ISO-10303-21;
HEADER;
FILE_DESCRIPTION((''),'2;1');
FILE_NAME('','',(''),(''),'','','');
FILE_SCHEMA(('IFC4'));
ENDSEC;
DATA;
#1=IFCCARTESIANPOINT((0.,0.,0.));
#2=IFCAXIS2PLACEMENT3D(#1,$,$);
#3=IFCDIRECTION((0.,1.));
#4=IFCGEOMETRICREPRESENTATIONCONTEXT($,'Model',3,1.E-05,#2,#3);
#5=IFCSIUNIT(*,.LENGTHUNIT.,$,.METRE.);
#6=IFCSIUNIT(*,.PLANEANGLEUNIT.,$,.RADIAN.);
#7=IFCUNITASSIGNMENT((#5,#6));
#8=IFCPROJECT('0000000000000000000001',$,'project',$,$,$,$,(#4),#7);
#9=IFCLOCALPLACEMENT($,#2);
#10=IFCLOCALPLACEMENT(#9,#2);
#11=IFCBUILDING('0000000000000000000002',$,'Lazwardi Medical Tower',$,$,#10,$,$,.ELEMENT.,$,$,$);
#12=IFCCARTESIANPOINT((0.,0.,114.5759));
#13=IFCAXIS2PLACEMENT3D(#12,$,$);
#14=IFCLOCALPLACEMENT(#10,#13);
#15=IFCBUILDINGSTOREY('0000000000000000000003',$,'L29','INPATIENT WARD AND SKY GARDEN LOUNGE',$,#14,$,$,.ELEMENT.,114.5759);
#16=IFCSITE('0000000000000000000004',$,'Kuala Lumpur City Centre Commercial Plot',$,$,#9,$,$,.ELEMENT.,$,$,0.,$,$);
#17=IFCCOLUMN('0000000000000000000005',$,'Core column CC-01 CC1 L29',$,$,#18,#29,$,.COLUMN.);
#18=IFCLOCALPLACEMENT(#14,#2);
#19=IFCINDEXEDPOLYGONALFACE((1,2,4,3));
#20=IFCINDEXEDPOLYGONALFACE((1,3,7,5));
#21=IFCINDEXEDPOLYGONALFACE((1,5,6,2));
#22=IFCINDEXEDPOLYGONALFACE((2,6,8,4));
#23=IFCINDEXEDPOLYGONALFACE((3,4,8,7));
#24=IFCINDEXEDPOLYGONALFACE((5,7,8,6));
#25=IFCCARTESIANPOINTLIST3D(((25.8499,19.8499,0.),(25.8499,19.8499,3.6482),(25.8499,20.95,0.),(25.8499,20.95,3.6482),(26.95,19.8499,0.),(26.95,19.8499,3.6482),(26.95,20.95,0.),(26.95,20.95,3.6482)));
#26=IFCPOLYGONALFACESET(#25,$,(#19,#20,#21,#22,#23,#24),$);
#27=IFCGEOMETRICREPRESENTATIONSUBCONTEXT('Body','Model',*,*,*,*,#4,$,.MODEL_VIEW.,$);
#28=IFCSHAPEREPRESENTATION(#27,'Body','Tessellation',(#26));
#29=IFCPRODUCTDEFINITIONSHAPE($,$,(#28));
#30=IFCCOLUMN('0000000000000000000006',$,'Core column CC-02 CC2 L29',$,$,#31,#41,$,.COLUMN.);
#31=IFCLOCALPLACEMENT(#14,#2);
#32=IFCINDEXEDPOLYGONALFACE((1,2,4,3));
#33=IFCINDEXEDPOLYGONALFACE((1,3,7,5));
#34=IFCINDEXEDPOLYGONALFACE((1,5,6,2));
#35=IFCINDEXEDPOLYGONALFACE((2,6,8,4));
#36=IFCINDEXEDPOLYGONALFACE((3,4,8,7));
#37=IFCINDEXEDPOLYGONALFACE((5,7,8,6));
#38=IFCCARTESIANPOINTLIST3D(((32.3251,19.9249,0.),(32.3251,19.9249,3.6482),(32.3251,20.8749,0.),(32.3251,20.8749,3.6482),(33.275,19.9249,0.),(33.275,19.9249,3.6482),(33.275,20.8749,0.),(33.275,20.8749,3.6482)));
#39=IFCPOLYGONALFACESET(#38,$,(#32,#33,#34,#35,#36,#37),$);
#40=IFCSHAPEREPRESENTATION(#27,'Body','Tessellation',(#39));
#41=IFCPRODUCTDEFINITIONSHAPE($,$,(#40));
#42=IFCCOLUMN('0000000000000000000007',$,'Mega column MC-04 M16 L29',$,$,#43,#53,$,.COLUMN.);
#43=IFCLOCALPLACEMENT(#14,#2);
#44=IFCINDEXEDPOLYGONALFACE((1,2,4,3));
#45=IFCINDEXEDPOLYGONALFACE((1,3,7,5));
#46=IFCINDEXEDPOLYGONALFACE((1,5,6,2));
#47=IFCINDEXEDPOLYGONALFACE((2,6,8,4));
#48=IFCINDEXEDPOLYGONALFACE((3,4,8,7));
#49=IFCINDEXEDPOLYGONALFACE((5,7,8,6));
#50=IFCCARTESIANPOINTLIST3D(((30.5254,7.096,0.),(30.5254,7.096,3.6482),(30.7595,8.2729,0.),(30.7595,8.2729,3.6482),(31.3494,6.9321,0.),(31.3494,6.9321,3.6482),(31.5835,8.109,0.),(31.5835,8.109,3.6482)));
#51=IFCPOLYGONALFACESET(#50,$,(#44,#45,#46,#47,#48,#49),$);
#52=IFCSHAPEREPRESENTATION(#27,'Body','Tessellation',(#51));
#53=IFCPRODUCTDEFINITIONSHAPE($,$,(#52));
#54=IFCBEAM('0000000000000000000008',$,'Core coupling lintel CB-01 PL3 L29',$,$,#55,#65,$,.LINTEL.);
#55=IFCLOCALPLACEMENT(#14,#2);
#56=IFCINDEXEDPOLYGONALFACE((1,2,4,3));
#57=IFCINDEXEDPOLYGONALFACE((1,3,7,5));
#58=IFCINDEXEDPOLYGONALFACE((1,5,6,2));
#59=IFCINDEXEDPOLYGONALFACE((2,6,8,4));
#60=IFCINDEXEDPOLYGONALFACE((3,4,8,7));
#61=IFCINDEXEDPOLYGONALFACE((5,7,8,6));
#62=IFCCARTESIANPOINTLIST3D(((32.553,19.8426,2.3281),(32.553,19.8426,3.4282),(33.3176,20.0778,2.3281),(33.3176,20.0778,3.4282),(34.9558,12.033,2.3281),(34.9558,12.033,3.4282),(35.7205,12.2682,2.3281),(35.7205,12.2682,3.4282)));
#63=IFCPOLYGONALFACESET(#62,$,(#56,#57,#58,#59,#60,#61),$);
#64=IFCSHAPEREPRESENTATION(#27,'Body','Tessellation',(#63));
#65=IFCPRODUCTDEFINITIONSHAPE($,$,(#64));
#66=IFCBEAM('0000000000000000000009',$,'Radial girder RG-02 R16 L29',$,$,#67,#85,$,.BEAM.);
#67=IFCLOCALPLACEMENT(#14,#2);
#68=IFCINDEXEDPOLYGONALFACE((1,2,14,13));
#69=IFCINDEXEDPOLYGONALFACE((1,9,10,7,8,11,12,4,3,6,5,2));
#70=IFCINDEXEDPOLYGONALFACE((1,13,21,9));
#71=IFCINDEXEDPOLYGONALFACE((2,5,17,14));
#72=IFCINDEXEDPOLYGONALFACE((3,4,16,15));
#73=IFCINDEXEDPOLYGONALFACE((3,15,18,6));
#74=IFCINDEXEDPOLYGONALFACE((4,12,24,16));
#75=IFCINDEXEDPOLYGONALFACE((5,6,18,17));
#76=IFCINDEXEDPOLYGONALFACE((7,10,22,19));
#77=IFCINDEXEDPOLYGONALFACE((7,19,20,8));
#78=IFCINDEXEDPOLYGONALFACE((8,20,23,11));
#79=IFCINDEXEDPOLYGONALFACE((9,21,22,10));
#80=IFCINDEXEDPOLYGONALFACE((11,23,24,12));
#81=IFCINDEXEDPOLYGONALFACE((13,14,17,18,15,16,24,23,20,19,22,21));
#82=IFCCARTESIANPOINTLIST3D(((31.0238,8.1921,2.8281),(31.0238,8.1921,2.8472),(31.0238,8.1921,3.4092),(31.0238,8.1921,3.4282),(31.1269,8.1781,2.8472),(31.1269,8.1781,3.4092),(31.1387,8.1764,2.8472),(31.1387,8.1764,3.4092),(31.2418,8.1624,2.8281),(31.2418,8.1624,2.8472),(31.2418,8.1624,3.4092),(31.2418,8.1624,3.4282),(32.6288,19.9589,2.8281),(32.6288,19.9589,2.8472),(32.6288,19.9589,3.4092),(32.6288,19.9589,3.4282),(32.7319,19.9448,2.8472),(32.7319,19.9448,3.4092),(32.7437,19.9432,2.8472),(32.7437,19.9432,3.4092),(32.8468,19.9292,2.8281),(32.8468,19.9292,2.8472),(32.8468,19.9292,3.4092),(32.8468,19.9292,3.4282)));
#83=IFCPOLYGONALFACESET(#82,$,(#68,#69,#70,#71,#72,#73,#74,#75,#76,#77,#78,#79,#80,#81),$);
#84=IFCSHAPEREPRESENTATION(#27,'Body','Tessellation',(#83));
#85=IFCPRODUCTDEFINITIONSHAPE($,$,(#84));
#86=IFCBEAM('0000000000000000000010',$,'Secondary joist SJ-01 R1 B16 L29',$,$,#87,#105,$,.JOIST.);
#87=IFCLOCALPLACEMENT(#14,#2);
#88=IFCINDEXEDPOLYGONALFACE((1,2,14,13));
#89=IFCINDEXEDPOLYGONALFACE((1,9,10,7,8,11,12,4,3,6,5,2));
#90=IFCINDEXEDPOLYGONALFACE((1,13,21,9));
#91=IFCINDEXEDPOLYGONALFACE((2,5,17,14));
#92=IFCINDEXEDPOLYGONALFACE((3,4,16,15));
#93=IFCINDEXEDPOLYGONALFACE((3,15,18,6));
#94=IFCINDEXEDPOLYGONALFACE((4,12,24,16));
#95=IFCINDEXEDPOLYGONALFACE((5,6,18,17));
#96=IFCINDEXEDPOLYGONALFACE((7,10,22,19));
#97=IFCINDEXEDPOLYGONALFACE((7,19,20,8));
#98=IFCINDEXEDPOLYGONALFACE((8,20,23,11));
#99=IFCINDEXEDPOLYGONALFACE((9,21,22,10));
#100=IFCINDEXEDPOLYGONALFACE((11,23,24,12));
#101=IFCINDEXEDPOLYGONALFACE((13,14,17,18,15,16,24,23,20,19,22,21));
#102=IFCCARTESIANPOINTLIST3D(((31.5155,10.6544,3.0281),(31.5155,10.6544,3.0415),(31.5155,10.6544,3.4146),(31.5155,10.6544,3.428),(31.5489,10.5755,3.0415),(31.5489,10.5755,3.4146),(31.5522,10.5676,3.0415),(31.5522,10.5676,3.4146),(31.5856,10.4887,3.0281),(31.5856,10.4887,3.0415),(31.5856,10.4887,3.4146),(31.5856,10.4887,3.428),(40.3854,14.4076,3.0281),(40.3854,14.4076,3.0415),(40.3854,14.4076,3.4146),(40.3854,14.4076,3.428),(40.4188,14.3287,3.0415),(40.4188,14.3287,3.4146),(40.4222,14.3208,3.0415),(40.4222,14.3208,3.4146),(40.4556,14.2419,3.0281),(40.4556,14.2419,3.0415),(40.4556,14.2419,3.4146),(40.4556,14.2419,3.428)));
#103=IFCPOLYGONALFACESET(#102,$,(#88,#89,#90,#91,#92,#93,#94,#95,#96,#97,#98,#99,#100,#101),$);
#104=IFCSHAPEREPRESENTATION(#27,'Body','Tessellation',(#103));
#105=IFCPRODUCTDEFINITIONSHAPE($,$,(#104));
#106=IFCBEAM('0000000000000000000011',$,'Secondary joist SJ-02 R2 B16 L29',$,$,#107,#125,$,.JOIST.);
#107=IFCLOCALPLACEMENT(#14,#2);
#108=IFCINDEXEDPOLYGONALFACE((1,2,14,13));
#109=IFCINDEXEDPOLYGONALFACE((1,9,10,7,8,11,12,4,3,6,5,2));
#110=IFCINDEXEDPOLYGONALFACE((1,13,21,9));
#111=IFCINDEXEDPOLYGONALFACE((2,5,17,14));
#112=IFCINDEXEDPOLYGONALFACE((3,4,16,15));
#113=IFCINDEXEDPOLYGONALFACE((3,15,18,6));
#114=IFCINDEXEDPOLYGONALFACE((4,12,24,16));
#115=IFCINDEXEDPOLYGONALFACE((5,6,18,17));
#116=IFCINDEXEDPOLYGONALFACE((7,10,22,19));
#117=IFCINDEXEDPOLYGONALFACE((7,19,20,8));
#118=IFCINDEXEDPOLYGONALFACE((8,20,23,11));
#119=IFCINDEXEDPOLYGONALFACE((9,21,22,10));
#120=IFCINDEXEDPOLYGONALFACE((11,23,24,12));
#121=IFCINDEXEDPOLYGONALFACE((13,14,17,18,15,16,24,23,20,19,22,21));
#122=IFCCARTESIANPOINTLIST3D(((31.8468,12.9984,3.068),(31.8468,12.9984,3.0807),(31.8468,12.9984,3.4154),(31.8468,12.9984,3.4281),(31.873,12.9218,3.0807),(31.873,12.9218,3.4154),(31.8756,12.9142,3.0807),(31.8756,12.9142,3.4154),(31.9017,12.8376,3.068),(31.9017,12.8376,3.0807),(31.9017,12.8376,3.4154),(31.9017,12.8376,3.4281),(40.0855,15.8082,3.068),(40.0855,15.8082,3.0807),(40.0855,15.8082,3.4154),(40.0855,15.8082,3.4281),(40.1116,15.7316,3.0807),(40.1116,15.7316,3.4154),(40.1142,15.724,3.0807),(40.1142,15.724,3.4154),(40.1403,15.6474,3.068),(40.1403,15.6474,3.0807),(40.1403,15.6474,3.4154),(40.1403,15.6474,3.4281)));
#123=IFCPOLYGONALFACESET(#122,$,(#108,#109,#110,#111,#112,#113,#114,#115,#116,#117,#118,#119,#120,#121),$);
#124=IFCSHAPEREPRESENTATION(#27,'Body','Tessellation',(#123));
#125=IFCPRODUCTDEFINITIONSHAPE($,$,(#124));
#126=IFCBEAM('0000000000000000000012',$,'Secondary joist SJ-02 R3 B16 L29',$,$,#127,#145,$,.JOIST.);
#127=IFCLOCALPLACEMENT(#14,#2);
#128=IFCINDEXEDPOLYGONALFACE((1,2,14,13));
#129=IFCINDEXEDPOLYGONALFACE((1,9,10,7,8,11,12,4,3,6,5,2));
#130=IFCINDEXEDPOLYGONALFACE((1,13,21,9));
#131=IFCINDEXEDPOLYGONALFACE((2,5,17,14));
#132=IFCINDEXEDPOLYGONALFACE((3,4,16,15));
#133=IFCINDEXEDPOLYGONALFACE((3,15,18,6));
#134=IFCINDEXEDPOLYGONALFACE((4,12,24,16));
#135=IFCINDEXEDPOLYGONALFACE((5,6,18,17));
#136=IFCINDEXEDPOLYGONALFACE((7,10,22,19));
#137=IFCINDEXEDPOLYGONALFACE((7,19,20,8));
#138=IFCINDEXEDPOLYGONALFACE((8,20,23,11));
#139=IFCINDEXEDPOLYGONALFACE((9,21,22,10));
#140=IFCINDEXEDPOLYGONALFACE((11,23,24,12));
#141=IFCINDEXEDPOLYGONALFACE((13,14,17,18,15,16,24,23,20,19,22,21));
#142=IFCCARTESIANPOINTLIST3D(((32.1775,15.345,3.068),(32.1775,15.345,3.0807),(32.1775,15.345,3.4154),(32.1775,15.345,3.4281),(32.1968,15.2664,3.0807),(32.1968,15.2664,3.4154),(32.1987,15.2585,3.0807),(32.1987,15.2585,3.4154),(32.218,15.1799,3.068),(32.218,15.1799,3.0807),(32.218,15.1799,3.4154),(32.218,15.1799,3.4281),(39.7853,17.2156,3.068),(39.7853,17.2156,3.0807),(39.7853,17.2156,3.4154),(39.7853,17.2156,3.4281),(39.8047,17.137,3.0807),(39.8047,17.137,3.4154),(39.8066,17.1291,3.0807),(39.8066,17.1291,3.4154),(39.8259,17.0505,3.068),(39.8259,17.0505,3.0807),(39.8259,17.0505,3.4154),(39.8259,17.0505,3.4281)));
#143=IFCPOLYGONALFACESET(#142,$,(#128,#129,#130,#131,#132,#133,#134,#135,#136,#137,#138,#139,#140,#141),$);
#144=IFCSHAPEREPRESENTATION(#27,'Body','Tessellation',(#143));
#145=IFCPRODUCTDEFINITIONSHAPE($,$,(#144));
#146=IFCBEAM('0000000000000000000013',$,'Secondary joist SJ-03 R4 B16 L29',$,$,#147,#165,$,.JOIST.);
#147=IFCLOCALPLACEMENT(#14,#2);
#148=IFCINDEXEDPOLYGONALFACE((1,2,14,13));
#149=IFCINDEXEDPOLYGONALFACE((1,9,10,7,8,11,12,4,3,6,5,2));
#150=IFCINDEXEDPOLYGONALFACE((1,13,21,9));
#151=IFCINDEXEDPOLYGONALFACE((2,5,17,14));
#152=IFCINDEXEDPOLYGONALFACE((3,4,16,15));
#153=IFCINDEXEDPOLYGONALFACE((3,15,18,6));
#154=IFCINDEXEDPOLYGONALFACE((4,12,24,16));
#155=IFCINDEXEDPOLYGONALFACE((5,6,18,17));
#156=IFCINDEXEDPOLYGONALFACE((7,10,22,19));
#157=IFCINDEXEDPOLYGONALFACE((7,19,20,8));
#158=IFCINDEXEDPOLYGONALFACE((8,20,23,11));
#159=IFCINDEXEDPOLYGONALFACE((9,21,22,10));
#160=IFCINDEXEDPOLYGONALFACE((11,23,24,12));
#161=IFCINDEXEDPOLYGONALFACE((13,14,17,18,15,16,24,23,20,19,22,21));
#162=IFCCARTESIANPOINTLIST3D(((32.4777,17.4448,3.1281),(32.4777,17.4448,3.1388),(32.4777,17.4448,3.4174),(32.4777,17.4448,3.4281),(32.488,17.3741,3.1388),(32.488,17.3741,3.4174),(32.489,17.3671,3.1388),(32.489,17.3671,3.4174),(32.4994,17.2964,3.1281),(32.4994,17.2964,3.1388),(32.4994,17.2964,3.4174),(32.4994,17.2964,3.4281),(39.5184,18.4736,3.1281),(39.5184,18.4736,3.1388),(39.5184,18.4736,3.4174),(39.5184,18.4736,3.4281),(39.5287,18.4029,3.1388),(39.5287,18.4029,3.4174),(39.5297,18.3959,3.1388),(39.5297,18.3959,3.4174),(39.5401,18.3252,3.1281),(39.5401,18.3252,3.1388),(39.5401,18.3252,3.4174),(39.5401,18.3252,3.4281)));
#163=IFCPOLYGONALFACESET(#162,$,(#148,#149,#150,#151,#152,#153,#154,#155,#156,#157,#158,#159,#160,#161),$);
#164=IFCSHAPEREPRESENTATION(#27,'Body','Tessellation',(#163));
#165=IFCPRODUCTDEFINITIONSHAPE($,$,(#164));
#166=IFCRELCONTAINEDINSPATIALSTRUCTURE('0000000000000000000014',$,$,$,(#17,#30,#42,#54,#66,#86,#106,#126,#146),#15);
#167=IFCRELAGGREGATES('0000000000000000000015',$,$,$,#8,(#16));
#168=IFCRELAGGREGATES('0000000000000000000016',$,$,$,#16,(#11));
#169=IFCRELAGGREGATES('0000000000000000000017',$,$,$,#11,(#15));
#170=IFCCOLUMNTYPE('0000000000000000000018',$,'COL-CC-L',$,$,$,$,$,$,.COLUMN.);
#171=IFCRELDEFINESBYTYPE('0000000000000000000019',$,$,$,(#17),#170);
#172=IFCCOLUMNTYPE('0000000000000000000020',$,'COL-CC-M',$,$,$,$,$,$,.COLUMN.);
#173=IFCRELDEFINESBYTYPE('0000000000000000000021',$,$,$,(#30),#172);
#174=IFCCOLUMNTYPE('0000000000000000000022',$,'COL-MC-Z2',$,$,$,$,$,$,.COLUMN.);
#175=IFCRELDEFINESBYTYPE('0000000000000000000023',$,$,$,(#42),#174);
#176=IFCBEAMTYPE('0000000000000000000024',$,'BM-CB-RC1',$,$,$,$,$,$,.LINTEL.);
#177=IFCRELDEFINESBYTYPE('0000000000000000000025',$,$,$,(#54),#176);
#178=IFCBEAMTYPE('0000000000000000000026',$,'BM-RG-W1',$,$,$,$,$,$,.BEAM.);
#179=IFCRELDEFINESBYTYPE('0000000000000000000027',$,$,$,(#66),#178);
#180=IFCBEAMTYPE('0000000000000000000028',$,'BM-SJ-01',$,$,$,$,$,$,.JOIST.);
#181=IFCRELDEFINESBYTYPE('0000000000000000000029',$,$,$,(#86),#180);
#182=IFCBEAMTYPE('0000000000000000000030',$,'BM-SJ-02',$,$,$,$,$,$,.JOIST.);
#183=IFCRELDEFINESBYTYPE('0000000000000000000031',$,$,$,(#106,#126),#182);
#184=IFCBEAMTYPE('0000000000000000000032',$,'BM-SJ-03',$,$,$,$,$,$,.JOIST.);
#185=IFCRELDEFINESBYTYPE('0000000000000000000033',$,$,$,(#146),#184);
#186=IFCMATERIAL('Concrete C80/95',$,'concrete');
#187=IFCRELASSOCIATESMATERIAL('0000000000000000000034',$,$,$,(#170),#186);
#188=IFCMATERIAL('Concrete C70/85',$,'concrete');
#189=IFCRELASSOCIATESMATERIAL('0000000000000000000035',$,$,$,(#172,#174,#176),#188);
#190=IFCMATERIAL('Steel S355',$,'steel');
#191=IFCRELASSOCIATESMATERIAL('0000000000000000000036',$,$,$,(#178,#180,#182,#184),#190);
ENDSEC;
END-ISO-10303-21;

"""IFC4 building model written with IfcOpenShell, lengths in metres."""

from ifc_helpers import new_model, si_unit, direction, frame, origin, origin_2d, place, context, subcontext, project, spatial, rectangle, i_section, extrude, material, material_profile, profile_set, type_object, element, save


model = new_model("IFC4")

# Units and contexts
model_context = context("Model", 3, precision=1e-05, world=origin(), true_north=direction((0.0, 1.0)))
body_context = subcontext(model_context, "Body", "Model", "MODEL_VIEW")
ifc_project = project(units=[si_unit("LENGTHUNIT", "METRE"), si_unit("PLANEANGLEUNIT", "RADIAN")], contexts=[model_context])

# Site, building, storey
site_placement = place(None, origin())
site = spatial("IfcSite", under=ifc_project, at=site_placement, Name="Kuala Lumpur City Centre Commercial Plot", CompositionType="ELEMENT", RefElevation=0.0)
building_placement = place(site_placement, origin())
building = spatial("IfcBuilding", under=site, at=building_placement, Name="Lazwardi Medical Tower", CompositionType="ELEMENT")
storey_placement = place(building_placement, frame((0.0, 0.0, 114.5759)))
storey = spatial("IfcBuildingStorey", under=building, at=storey_placement, Name="L29", Description="INPATIENT WARD AND SKY GARDEN LOUNGE", CompositionType="ELEMENT", Elevation=114.5759)

# Columns
ifc_material_1 = material(Name="Concrete C80/95", Category="concrete")
ifc_material_profile_1 = material_profile(ifc_material_1, rectangle(XDim=1.1001, YDim=1.1001, at=origin_2d()), Name="RC 1100x1100")
ifc_profile_set_1 = profile_set([ifc_material_profile_1], Name="Concrete C80/95")
column_type_1 = type_object("IfcColumnType", Name="COL-CC-L", PredefinedType="COLUMN", material=ifc_profile_set_1)
column_1_placement = place(storey_placement, frame((26.3999, 20.3999, 0.0), z_axis=(0.0, 0.0, 1.0), x_axis=(1.0, 0.0, 0.0)))
element("IfcColumn", 1, at=column_1_placement, inside=storey, type_object=column_type_1, Name="Core column CC-01 CC1 L29", PredefinedType="COLUMN", context=body_context, shape_type="SweptSolid", body=[
    extrude(rectangle(XDim=1.1001, YDim=1.1001, at=origin_2d()), origin(), (0.0, 0.0, 1.0), 3.6482),
])
ifc_material_2 = material(Name="Concrete C70/85", Category="concrete")
ifc_material_profile_2 = material_profile(ifc_material_2, rectangle(XDim=0.95, YDim=0.95, at=origin_2d()), Name="RC 950x950")
ifc_profile_set_2 = profile_set([ifc_material_profile_2], Name="Concrete C70/85")
column_type_2 = type_object("IfcColumnType", Name="COL-CC-M", PredefinedType="COLUMN", material=ifc_profile_set_2)
column_2_placement = place(storey_placement, frame((32.8, 20.3999, 0.0), z_axis=(0.0, 0.0, 1.0), x_axis=(1.0, 0.0, 0.0)))
element("IfcColumn", 2, at=column_2_placement, inside=storey, type_object=column_type_2, Name="Core column CC-02 CC2 L29", PredefinedType="COLUMN", context=body_context, shape_type="SweptSolid", body=[
    extrude(rectangle(XDim=0.95, YDim=0.95, at=origin_2d()), origin(), (0.0, 0.0, 1.0), 3.6482),
])
ifc_material_profile_3 = material_profile(ifc_material_2, rectangle(XDim=1.2, YDim=0.8401, at=origin_2d()), Name="CFT-RECT 1200x840")
ifc_profile_set_3 = profile_set([ifc_material_profile_3], Name="Concrete C70/85")
column_type_3 = type_object("IfcColumnType", Name="COL-MC-Z2", PredefinedType="COLUMN", material=ifc_profile_set_3)
column_3_placement = place(storey_placement, frame((31.0544, 7.6025, 0.0), z_axis=(0.0, 0.0, 1.0), x_axis=(-0.19509, -0.980785, 0.0)))
element("IfcColumn", 3, at=column_3_placement, inside=storey, type_object=column_type_3, Name="Mega column MC-04 M16 L29", PredefinedType="COLUMN", context=body_context, shape_type="SweptSolid", body=[
    extrude(rectangle(XDim=1.2, YDim=0.8401, at=origin_2d()), origin(), (0.0, 0.0, 1.0), 3.6482),
])

# Beams
ifc_material_profile_4 = material_profile(ifc_material_2, rectangle(XDim=0.8, YDim=1.1001, at=origin_2d()), Name="RC 800x1100")
ifc_profile_set_4 = profile_set([ifc_material_profile_4], Name="Concrete C70/85")
beam_type_1 = type_object("IfcBeamType", Name="BM-CB-RC1", PredefinedType="LINTEL", material=ifc_profile_set_4)
beam_1_placement = place(storey_placement, frame((32.9353, 19.9602, 2.8782), z_axis=(0.294073, -0.955783, 0.0), x_axis=(0.955783, 0.294073, 0.0)))
element("IfcBeam", 4, at=beam_1_placement, inside=storey, type_object=beam_type_1, Name="Core coupling lintel CB-01 PL3 L29", PredefinedType="LINTEL", context=body_context, shape_type="SweptSolid", body=[
    extrude(rectangle(XDim=0.8, YDim=1.1001, at=origin_2d()), origin(), (0.0, 0.0, 1.0), 8.1709),
])
ifc_material_3 = material(Name="Steel S355", Category="steel")
ifc_material_profile_5 = material_profile(ifc_material_3, i_section(OverallWidth=0.22, OverallDepth=0.6001, WebThickness=0.012, FlangeThickness=0.019, at=origin_2d()), Name="IPE 600")
ifc_profile_set_5 = profile_set([ifc_material_profile_5], Name="Steel S355")
beam_type_2 = type_object("IfcBeamType", Name="BM-RG-W1", PredefinedType="BEAM", material=ifc_profile_set_5)
beam_2_placement = place(storey_placement, frame((31.1328, 8.1772, 3.1282), z_axis=(0.135147, 0.990826, 0.0), x_axis=(-0.990826, 0.135147, 0.0)))
element("IfcBeam", 5, at=beam_2_placement, inside=storey, type_object=beam_type_2, Name="Radial girder RG-02 R16 L29", PredefinedType="BEAM", context=body_context, shape_type="SweptSolid", body=[
    extrude(i_section(OverallWidth=0.22, OverallDepth=0.6001, WebThickness=0.012, FlangeThickness=0.019, at=origin_2d()), origin(), (0.0, 0.0, 1.0), 11.8757),
])
ifc_material_profile_6 = material_profile(ifc_material_3, i_section(OverallWidth=0.1799, OverallDepth=0.3999, WebThickness=0.0085, FlangeThickness=0.0134, at=origin_2d()), Name="IPE 400")
ifc_profile_set_6 = profile_set([ifc_material_profile_6], Name="Steel S355")
beam_type_3 = type_object("IfcBeamType", Name="BM-SJ-01", PredefinedType="JOIST", material=ifc_profile_set_6)
beam_3_placement = place(storey_placement, frame((31.5505, 10.5715, 3.228), z_axis=(0.920947, 0.389687, 0.0), x_axis=(-0.389687, 0.920947, 0.0)))
element("IfcBeam", 6, at=beam_3_placement, inside=storey, type_object=beam_type_3, Name="Secondary joist SJ-01 R1 B16 L29", PredefinedType="JOIST", context=body_context, shape_type="SweptSolid", body=[
    extrude(i_section(OverallWidth=0.1799, OverallDepth=0.3999, WebThickness=0.0085, FlangeThickness=0.0134, at=origin_2d()), origin(), (0.0, 0.0, 1.0), 9.6313),
])
ifc_material_profile_7 = material_profile(ifc_material_3, i_section(OverallWidth=0.1699, OverallDepth=0.3601, WebThickness=0.0081, FlangeThickness=0.0127, at=origin_2d()), Name="IPE 360")
ifc_profile_set_7 = profile_set([ifc_material_profile_7], Name="Steel S355")
beam_type_4 = type_object("IfcBeamType", Name="BM-SJ-02", PredefinedType="JOIST", material=ifc_profile_set_7)
beam_4_placement = place(storey_placement, frame((31.8743, 12.918, 3.248), z_axis=(0.946467, 0.3228, 0.0), x_axis=(-0.3228, 0.946467, 0.0)))
element("IfcBeam", 7, at=beam_4_placement, inside=storey, type_object=beam_type_4, Name="Secondary joist SJ-02 R2 B16 L29", PredefinedType="JOIST", context=body_context, shape_type="SweptSolid", body=[
    extrude(i_section(OverallWidth=0.1699, OverallDepth=0.3601, WebThickness=0.0081, FlangeThickness=0.0127, at=origin_2d()), origin(), (0.0, 0.0, 1.0), 8.7046),
])
beam_5_placement = place(storey_placement, frame((32.1978, 15.2625, 3.248), z_axis=(0.971077, 0.238765, 0.0), x_axis=(-0.238765, 0.971077, 0.0)))
element("IfcBeam", 8, at=beam_5_placement, inside=storey, type_object=beam_type_4, Name="Secondary joist SJ-02 R3 B16 L29", PredefinedType="JOIST", context=body_context, shape_type="SweptSolid", body=[
    extrude(i_section(OverallWidth=0.1699, OverallDepth=0.3601, WebThickness=0.0081, FlangeThickness=0.0127, at=origin_2d()), origin(), (0.0, 0.0, 1.0), 7.8345),
])
ifc_material_profile_8 = material_profile(ifc_material_3, i_section(OverallWidth=0.1499, OverallDepth=0.3, WebThickness=0.0071, FlangeThickness=0.0107, at=origin_2d()), Name="IPE 300")
ifc_profile_set_8 = profile_set([ifc_material_profile_8], Name="Steel S355")
beam_type_5 = type_object("IfcBeamType", Name="BM-SJ-03", PredefinedType="JOIST", material=ifc_profile_set_8)
beam_6_placement = place(storey_placement, frame((32.4885, 17.3706, 3.2781), z_axis=(0.989492, 0.144586, 0.0), x_axis=(-0.144586, 0.989492, 0.0)))
element("IfcBeam", 9, at=beam_6_placement, inside=storey, type_object=beam_type_5, Name="Secondary joist SJ-03 R4 B16 L29", PredefinedType="JOIST", context=body_context, shape_type="SweptSolid", body=[
    extrude(i_section(OverallWidth=0.1499, OverallDepth=0.3, WebThickness=0.0071, FlangeThickness=0.0107, at=origin_2d()), origin(), (0.0, 0.0, 1.0), 7.1155),
])

save(model, "model.ifc")
